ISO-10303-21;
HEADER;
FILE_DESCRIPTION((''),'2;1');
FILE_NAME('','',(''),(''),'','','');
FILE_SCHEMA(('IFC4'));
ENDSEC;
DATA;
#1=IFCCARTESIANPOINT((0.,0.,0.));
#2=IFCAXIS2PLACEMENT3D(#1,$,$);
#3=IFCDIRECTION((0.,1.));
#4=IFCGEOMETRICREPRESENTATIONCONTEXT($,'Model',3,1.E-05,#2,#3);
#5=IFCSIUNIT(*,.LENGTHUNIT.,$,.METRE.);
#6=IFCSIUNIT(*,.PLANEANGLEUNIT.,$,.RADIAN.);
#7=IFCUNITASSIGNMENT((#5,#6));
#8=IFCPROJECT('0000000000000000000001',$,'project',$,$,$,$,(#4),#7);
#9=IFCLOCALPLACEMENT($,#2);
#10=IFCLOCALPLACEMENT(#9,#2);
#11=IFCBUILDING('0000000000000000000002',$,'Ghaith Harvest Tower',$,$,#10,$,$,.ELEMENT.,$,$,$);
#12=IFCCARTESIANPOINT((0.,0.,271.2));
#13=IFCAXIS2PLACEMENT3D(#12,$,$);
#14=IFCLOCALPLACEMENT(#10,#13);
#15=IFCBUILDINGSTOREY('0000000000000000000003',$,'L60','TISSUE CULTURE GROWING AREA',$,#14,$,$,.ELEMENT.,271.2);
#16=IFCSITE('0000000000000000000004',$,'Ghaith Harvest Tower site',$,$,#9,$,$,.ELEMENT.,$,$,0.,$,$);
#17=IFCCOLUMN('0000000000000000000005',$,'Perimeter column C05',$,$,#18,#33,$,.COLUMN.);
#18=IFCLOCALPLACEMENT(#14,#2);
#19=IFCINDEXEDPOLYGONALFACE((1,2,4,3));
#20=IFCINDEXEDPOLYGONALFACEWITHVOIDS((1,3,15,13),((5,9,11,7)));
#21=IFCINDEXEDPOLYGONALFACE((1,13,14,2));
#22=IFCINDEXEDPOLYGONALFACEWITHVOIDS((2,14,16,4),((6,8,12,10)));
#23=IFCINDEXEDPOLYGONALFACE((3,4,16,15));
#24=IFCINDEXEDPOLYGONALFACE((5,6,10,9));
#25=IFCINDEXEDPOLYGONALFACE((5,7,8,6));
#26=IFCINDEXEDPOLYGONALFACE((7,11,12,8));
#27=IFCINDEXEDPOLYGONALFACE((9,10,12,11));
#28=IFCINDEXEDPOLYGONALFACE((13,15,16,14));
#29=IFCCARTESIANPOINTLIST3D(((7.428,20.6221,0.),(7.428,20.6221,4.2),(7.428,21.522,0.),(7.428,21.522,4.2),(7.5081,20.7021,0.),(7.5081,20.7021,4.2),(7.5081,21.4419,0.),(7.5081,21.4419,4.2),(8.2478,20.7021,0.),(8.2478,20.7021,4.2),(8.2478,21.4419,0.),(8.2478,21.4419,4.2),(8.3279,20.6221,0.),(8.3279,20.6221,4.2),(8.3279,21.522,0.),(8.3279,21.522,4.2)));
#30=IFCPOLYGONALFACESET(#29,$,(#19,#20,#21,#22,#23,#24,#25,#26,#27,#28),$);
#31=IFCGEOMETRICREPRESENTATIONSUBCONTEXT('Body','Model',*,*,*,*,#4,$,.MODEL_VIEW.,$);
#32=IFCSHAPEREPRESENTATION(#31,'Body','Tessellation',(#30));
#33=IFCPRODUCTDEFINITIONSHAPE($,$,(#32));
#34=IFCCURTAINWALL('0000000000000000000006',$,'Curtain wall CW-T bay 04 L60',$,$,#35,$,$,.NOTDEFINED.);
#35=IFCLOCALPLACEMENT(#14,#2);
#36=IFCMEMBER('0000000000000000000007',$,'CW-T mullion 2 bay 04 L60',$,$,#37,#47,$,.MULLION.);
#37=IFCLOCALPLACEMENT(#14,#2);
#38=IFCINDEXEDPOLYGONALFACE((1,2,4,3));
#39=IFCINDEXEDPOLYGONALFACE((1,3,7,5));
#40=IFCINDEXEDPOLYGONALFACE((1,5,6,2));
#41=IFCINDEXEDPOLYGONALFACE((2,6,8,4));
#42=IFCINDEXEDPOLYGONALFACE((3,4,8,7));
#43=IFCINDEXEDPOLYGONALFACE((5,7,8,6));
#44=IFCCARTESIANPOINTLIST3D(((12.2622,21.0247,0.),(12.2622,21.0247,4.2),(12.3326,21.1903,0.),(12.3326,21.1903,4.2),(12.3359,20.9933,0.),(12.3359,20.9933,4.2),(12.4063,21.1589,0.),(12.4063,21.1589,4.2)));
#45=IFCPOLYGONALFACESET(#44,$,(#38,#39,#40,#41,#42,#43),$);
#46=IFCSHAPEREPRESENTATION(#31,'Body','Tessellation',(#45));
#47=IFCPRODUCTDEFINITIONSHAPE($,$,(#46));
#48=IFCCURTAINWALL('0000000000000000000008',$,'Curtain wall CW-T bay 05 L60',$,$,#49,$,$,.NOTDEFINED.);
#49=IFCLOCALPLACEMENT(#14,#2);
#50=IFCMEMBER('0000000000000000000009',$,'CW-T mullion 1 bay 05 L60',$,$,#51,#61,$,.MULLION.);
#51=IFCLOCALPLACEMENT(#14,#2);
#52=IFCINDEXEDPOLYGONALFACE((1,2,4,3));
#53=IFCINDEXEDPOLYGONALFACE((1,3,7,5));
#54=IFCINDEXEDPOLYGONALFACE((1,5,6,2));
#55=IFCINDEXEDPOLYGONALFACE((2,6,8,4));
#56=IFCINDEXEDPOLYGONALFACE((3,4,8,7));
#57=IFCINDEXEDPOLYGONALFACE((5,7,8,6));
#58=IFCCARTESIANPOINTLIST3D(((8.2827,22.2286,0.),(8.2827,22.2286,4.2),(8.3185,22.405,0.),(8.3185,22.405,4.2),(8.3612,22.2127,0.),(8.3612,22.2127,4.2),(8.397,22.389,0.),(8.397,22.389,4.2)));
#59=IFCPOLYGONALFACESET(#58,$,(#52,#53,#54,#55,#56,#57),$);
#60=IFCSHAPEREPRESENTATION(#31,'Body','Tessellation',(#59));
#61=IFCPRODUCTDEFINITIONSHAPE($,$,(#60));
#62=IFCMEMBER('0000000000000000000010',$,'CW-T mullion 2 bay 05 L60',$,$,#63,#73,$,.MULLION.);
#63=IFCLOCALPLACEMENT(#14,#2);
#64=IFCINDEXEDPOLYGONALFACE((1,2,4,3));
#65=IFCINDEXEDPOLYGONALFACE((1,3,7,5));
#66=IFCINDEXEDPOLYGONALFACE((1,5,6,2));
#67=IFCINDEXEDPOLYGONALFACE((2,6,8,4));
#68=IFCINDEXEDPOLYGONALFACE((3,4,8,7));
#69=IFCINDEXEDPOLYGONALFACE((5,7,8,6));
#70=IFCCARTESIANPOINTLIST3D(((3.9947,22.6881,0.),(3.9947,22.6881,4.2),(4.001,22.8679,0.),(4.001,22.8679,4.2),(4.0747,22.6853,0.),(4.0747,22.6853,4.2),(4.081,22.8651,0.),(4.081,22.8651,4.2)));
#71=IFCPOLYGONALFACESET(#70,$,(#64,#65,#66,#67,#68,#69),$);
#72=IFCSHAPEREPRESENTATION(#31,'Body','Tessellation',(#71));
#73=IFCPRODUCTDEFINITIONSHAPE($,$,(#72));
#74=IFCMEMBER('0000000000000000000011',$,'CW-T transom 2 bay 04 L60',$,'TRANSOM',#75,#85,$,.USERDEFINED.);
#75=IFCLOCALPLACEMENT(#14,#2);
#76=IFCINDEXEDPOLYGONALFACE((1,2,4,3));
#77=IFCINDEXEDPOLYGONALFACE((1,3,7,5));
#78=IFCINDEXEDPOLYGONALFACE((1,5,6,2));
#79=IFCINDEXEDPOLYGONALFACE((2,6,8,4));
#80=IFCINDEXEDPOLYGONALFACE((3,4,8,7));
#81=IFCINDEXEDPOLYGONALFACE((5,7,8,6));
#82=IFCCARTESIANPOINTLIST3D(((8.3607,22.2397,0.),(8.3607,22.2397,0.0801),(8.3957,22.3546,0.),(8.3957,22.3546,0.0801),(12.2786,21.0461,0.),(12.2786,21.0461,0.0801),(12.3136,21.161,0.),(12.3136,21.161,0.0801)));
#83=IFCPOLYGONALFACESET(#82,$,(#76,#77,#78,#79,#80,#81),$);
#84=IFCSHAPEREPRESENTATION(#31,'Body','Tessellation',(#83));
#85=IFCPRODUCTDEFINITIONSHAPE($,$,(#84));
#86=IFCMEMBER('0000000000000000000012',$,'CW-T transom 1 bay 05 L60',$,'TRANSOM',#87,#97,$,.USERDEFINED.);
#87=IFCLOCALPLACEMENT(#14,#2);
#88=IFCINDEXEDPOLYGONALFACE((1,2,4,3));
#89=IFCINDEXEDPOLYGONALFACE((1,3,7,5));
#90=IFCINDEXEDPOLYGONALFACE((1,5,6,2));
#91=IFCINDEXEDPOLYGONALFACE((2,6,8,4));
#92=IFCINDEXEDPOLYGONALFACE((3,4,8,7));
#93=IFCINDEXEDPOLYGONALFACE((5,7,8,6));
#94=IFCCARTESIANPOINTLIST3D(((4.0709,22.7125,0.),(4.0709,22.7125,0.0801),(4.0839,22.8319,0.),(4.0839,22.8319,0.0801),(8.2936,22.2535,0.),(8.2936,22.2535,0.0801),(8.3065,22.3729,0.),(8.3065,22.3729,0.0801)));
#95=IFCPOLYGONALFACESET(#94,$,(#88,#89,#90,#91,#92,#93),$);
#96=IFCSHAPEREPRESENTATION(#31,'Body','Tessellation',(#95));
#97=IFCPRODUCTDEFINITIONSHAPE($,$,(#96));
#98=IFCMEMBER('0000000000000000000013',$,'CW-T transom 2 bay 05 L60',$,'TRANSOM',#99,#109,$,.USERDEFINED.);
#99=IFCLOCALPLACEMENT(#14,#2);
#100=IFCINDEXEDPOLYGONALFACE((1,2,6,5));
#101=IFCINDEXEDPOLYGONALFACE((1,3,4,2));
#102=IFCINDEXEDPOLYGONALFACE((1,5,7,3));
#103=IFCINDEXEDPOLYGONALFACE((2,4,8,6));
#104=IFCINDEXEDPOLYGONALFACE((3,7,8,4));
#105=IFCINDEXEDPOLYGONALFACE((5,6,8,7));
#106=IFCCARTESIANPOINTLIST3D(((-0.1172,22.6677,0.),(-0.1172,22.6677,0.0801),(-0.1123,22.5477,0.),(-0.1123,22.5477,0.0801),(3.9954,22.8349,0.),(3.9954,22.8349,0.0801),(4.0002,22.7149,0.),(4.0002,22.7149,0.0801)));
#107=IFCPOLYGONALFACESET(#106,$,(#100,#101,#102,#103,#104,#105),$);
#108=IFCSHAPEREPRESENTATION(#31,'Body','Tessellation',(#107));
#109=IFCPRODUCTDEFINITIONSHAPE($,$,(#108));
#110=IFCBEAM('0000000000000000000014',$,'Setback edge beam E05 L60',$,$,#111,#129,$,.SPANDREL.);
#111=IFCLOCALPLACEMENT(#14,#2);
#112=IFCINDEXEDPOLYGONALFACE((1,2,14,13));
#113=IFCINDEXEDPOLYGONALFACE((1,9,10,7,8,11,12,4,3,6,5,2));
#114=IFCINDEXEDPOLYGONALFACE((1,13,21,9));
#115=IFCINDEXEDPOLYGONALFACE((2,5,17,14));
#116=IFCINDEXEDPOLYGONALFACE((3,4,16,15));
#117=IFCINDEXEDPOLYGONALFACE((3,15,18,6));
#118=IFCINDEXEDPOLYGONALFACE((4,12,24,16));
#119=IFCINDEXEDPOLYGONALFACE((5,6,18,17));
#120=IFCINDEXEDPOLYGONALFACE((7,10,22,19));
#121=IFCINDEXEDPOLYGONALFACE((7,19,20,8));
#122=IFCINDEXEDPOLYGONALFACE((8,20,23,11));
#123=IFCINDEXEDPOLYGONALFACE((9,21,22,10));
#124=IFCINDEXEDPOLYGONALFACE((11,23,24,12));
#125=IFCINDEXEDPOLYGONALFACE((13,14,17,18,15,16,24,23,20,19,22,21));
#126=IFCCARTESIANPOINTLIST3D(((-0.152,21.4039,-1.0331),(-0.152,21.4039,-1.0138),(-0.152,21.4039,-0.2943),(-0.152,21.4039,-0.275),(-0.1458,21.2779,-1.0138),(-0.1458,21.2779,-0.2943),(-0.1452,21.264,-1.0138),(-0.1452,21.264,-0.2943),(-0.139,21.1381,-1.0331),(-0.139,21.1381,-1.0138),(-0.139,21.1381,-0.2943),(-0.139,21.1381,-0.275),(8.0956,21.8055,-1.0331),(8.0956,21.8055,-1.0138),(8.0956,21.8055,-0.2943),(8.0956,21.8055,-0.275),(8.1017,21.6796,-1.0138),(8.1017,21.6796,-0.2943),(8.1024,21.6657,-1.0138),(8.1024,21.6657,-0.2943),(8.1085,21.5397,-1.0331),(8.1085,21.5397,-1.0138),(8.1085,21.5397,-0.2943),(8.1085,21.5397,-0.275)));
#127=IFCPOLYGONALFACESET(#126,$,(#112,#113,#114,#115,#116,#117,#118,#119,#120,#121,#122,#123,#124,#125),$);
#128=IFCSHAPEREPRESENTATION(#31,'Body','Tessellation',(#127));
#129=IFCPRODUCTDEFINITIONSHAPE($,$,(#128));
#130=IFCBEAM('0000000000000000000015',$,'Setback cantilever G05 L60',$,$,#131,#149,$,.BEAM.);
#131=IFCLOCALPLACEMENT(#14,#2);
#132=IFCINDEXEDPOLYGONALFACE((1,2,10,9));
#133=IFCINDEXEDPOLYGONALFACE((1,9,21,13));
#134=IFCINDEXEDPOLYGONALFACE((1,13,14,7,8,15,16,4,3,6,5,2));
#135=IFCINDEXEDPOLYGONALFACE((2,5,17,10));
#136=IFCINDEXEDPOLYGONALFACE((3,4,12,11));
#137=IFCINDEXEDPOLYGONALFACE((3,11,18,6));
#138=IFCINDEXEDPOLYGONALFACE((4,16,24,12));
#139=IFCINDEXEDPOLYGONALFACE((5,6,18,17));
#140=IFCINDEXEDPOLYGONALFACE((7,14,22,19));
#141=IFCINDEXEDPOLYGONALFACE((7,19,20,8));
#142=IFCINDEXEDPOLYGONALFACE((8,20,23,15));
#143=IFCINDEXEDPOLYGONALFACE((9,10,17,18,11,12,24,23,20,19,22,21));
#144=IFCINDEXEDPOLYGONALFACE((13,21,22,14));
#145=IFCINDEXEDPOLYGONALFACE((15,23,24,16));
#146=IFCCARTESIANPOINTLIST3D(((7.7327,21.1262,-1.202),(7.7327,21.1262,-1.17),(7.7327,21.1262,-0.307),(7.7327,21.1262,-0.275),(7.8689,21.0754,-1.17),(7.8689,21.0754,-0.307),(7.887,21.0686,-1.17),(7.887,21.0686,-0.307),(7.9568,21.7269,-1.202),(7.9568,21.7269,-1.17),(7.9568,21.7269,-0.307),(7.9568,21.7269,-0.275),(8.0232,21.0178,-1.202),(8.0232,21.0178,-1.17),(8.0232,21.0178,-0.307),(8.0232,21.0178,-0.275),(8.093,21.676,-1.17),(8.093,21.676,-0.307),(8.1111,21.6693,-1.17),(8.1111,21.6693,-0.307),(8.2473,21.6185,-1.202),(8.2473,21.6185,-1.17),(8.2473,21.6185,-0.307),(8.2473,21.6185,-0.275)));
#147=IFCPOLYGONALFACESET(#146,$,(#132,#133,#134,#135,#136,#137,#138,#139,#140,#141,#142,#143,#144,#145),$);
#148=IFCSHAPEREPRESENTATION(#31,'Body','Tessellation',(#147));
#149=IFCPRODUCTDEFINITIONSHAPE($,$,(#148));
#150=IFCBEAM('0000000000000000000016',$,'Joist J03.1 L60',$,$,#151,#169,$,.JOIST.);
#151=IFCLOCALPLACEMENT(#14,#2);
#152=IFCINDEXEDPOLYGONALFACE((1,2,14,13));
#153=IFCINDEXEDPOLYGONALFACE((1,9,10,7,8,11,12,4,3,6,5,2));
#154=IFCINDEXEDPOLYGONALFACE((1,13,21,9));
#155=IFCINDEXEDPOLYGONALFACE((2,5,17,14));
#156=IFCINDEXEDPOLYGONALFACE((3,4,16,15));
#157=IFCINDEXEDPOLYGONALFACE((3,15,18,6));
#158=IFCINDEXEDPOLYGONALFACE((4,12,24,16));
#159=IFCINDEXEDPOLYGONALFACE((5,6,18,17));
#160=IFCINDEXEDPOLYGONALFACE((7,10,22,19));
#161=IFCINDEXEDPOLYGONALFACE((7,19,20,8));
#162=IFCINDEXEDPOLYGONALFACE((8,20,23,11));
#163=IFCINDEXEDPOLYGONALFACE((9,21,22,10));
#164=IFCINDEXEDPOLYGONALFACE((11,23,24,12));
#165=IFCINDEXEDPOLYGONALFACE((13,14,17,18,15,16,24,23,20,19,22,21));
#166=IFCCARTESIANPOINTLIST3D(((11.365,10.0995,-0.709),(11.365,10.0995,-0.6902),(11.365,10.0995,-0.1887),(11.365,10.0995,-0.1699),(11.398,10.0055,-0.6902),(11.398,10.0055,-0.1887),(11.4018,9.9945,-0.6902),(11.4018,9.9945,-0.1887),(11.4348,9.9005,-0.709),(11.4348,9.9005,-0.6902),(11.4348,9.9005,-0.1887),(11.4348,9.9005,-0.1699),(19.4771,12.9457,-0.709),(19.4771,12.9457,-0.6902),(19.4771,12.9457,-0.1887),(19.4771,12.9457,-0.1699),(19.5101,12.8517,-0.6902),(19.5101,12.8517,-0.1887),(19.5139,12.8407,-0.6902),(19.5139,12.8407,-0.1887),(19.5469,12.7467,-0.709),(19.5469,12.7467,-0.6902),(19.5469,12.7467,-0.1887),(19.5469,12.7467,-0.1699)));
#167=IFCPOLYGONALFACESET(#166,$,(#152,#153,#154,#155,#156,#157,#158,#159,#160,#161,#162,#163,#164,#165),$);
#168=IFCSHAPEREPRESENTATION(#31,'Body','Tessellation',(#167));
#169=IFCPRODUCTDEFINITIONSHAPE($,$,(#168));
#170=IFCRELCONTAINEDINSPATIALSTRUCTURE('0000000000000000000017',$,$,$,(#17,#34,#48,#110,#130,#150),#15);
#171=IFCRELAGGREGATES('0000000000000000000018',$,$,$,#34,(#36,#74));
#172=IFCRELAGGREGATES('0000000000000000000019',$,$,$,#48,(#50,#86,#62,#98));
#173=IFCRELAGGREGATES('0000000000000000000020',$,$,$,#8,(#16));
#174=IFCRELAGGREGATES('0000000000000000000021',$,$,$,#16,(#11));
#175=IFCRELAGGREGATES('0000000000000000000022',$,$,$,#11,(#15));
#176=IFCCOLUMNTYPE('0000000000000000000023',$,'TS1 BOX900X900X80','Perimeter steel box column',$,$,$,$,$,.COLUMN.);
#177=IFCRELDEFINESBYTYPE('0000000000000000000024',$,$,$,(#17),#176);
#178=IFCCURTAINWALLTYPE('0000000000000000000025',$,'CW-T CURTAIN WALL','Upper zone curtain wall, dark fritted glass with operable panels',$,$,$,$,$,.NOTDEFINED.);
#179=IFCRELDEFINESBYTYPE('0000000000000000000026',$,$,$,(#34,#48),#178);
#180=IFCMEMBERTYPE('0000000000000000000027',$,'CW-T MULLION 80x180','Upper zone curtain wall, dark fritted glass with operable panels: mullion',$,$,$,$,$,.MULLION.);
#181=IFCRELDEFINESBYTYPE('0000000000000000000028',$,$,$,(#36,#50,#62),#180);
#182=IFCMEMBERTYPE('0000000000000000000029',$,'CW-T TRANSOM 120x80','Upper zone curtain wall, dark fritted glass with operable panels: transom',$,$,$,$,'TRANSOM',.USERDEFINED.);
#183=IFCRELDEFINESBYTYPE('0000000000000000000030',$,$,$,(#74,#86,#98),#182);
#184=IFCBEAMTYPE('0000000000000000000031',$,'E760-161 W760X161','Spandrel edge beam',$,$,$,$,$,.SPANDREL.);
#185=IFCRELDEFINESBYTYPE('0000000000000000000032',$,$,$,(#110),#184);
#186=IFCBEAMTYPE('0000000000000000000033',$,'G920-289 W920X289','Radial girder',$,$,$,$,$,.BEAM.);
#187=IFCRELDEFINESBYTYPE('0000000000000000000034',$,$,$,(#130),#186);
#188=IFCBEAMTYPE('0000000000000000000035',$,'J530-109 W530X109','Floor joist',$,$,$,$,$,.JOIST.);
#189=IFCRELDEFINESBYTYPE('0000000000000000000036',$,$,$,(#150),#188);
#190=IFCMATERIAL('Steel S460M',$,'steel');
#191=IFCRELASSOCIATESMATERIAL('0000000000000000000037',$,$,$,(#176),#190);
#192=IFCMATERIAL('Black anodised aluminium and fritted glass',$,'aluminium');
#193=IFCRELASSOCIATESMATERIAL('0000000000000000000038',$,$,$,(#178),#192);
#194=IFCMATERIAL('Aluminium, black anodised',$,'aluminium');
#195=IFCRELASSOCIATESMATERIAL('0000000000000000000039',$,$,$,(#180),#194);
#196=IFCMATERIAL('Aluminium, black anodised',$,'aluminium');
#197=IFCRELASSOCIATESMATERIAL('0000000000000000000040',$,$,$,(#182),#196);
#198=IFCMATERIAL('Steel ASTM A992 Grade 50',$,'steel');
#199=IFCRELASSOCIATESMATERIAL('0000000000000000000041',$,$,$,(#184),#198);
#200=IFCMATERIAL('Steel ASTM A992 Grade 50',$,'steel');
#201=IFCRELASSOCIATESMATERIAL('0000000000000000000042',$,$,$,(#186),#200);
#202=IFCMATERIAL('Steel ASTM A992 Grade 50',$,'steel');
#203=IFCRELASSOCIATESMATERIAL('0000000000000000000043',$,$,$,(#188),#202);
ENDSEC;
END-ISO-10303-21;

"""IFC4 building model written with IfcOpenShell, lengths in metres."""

from ifc_helpers import new_model, si_unit, direction, frame, origin, origin_2d, place, context, subcontext, project, spatial, rectangle, hollow_rectangle, i_section, extrude, material, material_profile, profile_set, type_object, element, aggregate, save


model = new_model("IFC4")

# Units and contexts
model_context = context("Model", 3, precision=1e-05, world=origin(), true_north=direction((0.0, 1.0)))
body_context = subcontext(model_context, "Body", "Model", "MODEL_VIEW")
ifc_project = project(units=[si_unit("LENGTHUNIT", "METRE"), si_unit("PLANEANGLEUNIT", "RADIAN")], contexts=[model_context])

# Site, building, storey
site_placement = place(None, origin())
site = spatial("IfcSite", under=ifc_project, at=site_placement, Name="Ghaith Harvest Tower site", CompositionType="ELEMENT", RefElevation=0.0)
building_placement = place(site_placement, origin())
building = spatial("IfcBuilding", under=site, at=building_placement, Name="Ghaith Harvest Tower", CompositionType="ELEMENT")
storey_placement = place(building_placement, frame((0.0, 0.0, 271.2)))
storey = spatial("IfcBuildingStorey", under=building, at=storey_placement, Name="L60", Description="TISSUE CULTURE GROWING AREA", CompositionType="ELEMENT", Elevation=271.2)

# Column
ifc_material_1 = material(Name="Steel S460M", Category="steel")
ifc_material_profile_1 = material_profile(ifc_material_1, hollow_rectangle(XDim=0.8999, YDim=0.8999, WallThickness=0.0801, at=origin_2d()), Name="BOX900X900X80")
ifc_profile_set_1 = profile_set([ifc_material_profile_1], Name="Steel S460M")
column_type = type_object("IfcColumnType", Name="TS1 BOX900X900X80", Description="Perimeter steel box column", PredefinedType="COLUMN", material=ifc_profile_set_1)
column_placement = place(storey_placement, frame((7.8779, 21.072, 0.0), z_axis=(0.0, 0.0, 1.0), x_axis=(1.0, 0.0, 0.0)))
element("IfcColumn", 1, at=column_placement, inside=storey, type_object=column_type, Name="Perimeter column C05", PredefinedType="COLUMN", context=body_context, shape_type="SweptSolid", body=[
    extrude(hollow_rectangle(XDim=0.8999, YDim=0.8999, WallThickness=0.0801, at=origin_2d()), origin(), (0.0, 0.0, 1.0), 4.2),
])

# Curtain wall, member
ifc_material_2 = material(Name="Black anodised aluminium and fritted glass", Category="aluminium")
curtain_wall_type = type_object("IfcCurtainWallType", Name="CW-T CURTAIN WALL", Description="Upper zone curtain wall, dark fritted glass with operable panels", PredefinedType="NOTDEFINED", material=ifc_material_2)
curtain_wall_1_placement = place(storey_placement, origin())
curtain_wall_1 = element("IfcCurtainWall", 2, at=curtain_wall_1_placement, inside=storey, type_object=curtain_wall_type, Name="Curtain wall CW-T bay 04 L60", PredefinedType="NOTDEFINED")
ifc_material_3 = material(Name="Aluminium, black anodised", Category="aluminium")
ifc_material_profile_2 = material_profile(ifc_material_3, rectangle(XDim=0.0801, YDim=0.1799, at=origin_2d()), Name="CW-T MULLION 80x180")
ifc_profile_set_2 = profile_set([ifc_material_profile_2], Name="Aluminium, black anodised")
member_type_1 = type_object("IfcMemberType", Name="CW-T MULLION 80x180", Description="Upper zone curtain wall, dark fritted glass with operable panels: mullion", PredefinedType="MULLION", material=ifc_profile_set_2)
member_1_placement = place(storey_placement, frame((12.3342, 21.0918, 0.0), z_axis=(0.0, 0.0, 1.0), x_axis=(-0.920319, 0.391168, 0.0)))
member_1 = element("IfcMember", 3, at=member_1_placement, type_object=member_type_1, Name="CW-T mullion 2 bay 04 L60", PredefinedType="MULLION", context=body_context, shape_type="SweptSolid", body=[
    extrude(rectangle(XDim=0.0801, YDim=0.1799, at=origin_2d()), origin(), (0.0, 0.0, 1.0), 4.2),
])

# Curtain wall, members
curtain_wall_2_placement = place(storey_placement, origin())
curtain_wall_2 = element("IfcCurtainWall", 4, at=curtain_wall_2_placement, inside=storey, type_object=curtain_wall_type, Name="Curtain wall CW-T bay 05 L60", PredefinedType="NOTDEFINED")
member_2_placement = place(storey_placement, frame((8.3398, 22.3088, 0.0), z_axis=(0.0, 0.0, 1.0), x_axis=(-0.98, 0.198997, 0.0)))
member_2 = element("IfcMember", 5, at=member_2_placement, type_object=member_type_1, Name="CW-T mullion 1 bay 05 L60", PredefinedType="MULLION", context=body_context, shape_type="SweptSolid", body=[
    extrude(rectangle(XDim=0.0801, YDim=0.1799, at=origin_2d()), origin(), (0.0, 0.0, 1.0), 4.2),
])
member_3_placement = place(storey_placement, frame((4.0378, 22.7766, 0.0), z_axis=(0.0, 0.0, 1.0), x_axis=(-0.999389, 0.034962, 0.0)))
member_3 = element("IfcMember", 6, at=member_3_placement, type_object=member_type_1, Name="CW-T mullion 2 bay 05 L60", PredefinedType="MULLION", context=body_context, shape_type="SweptSolid", body=[
    extrude(rectangle(XDim=0.0801, YDim=0.1799, at=origin_2d()), origin(), (0.0, 0.0, 1.0), 4.2),
])

# Members
ifc_material_4 = material(Name="Aluminium, black anodised", Category="aluminium")
ifc_material_profile_3 = material_profile(ifc_material_4, rectangle(XDim=0.1201, YDim=0.0801, at=origin_2d()), Name="CW-T TRANSOM 120x80")
ifc_profile_set_3 = profile_set([ifc_material_profile_3], Name="Aluminium, black anodised")
member_type_2 = type_object("IfcMemberType", Name="CW-T TRANSOM 120x80", Description="Upper zone curtain wall, dark fritted glass with operable panels: transom", ElementType="TRANSOM", PredefinedType="USERDEFINED", material=ifc_profile_set_3)
member_4_placement = place(storey_placement, frame((12.2961, 21.1035, 0.04), z_axis=(-0.956594, 0.291425, 0.0), x_axis=(-0.291425, -0.956594, 0.0)))
member_4 = element("IfcMember", 7, at=member_4_placement, type_object=member_type_2, Name="CW-T transom 2 bay 04 L60", ObjectType="TRANSOM", PredefinedType="USERDEFINED", context=body_context, shape_type="SweptSolid", body=[
    extrude(rectangle(XDim=0.1201, YDim=0.0801, at=origin_2d()), origin(), (0.0, 0.0, 1.0), 4.0957),
])
member_5_placement = place(storey_placement, frame((8.3, 22.3132, 0.04), z_axis=(-0.994144, 0.108059, 0.0), x_axis=(-0.108059, -0.994144, 0.0)))
member_5 = element("IfcMember", 8, at=member_5_placement, type_object=member_type_2, Name="CW-T transom 1 bay 05 L60", ObjectType="TRANSOM", PredefinedType="USERDEFINED", context=body_context, shape_type="SweptSolid", body=[
    extrude(rectangle(XDim=0.1201, YDim=0.0801, at=origin_2d()), origin(), (0.0, 0.0, 1.0), 4.2476),
])
member_6_placement = place(storey_placement, frame((3.9978, 22.7749, 0.04), z_axis=(-0.999174, -0.040631, 0.0), x_axis=(0.040631, -0.999174, 0.0)))
member_6 = element("IfcMember", 9, at=member_6_placement, type_object=member_type_2, Name="CW-T transom 2 bay 05 L60", ObjectType="TRANSOM", PredefinedType="USERDEFINED", context=body_context, shape_type="SweptSolid", body=[
    extrude(rectangle(XDim=0.1201, YDim=0.0801, at=origin_2d()), origin(), (0.0, 0.0, 1.0), 4.116),
])

# Beams
ifc_material_5 = material(Name="Steel ASTM A992 Grade 50", Category="steel")
ifc_material_profile_4 = material_profile(ifc_material_5, i_section(OverallWidth=0.2661, OverallDepth=0.7581, WebThickness=0.0139, FlangeThickness=0.0193, at=origin_2d()), Name="W760X161")
ifc_profile_set_4 = profile_set([ifc_material_profile_4], Name="Steel ASTM A992 Grade 50")
beam_type_1 = type_object("IfcBeamType", Name="E760-161 W760X161", Description="Spandrel edge beam", PredefinedType="SPANDREL", material=ifc_profile_set_4)
beam_1_placement = place(storey_placement, frame((8.1021, 21.6726, -0.6541), z_axis=(-0.998817, -0.048637, 0.0), x_axis=(0.048637, -0.998817, 0.0)))
element("IfcBeam", 10, at=beam_1_placement, inside=storey, type_object=beam_type_1, Name="Setback edge beam E05 L60", PredefinedType="SPANDREL", context=body_context, shape_type="SweptSolid", body=[
    extrude(i_section(OverallWidth=0.2661, OverallDepth=0.7581, WebThickness=0.0139, FlangeThickness=0.0193, at=origin_2d()), origin(), (0.0, 0.0, 1.0), 8.2573),
])
ifc_material_6 = material(Name="Steel ASTM A992 Grade 50", Category="steel")
ifc_material_profile_5 = material_profile(ifc_material_6, i_section(OverallWidth=0.3101, OverallDepth=0.927, WebThickness=0.0193, FlangeThickness=0.032, at=origin_2d()), Name="W920X289")
ifc_profile_set_5 = profile_set([ifc_material_profile_5], Name="Steel ASTM A992 Grade 50")
beam_type_2 = type_object("IfcBeamType", Name="G920-289 W920X289", Description="Radial girder", PredefinedType="BEAM", material=ifc_profile_set_5)
beam_2_placement = place(storey_placement, frame((7.8779, 21.072, -0.7385), z_axis=(0.34962, 0.936891, 0.0), x_axis=(-0.936891, 0.34962, 0.0)))
element("IfcBeam", 11, at=beam_2_placement, inside=storey, type_object=beam_type_2, Name="Setback cantilever G05 L60", PredefinedType="BEAM", context=body_context, shape_type="SweptSolid", body=[
    extrude(i_section(OverallWidth=0.3101, OverallDepth=0.927, WebThickness=0.0193, FlangeThickness=0.032, at=origin_2d()), origin(), (0.0, 0.0, 1.0), 0.6411),
])
ifc_material_7 = material(Name="Steel ASTM A992 Grade 50", Category="steel")
ifc_material_profile_6 = material_profile(ifc_material_7, i_section(OverallWidth=0.2109, OverallDepth=0.5391, WebThickness=0.0117, FlangeThickness=0.0188, at=origin_2d()), Name="W530X109")
ifc_profile_set_6 = profile_set([ifc_material_profile_6], Name="Steel ASTM A992 Grade 50")
beam_type_3 = type_object("IfcBeamType", Name="J530-109 W530X109", Description="Floor joist", PredefinedType="JOIST", material=ifc_profile_set_6)
beam_3_placement = place(storey_placement, frame((11.3999, 10.0, -0.4395), z_axis=(0.943605, 0.331073, 0.0), x_axis=(-0.331073, 0.943605, 0.0)))
element("IfcBeam", 12, at=beam_3_placement, inside=storey, type_object=beam_type_3, Name="Joist J03.1 L60", PredefinedType="JOIST", context=body_context, shape_type="SweptSolid", body=[
    extrude(i_section(OverallWidth=0.2109, OverallDepth=0.5391, WebThickness=0.0117, FlangeThickness=0.0188, at=origin_2d()), origin(), (0.0, 0.0, 1.0), 8.5969),
])

aggregate(curtain_wall_1, [member_1, member_4])
aggregate(curtain_wall_2, [member_2, member_5, member_3, member_6])

save(model, "model.ifc")
